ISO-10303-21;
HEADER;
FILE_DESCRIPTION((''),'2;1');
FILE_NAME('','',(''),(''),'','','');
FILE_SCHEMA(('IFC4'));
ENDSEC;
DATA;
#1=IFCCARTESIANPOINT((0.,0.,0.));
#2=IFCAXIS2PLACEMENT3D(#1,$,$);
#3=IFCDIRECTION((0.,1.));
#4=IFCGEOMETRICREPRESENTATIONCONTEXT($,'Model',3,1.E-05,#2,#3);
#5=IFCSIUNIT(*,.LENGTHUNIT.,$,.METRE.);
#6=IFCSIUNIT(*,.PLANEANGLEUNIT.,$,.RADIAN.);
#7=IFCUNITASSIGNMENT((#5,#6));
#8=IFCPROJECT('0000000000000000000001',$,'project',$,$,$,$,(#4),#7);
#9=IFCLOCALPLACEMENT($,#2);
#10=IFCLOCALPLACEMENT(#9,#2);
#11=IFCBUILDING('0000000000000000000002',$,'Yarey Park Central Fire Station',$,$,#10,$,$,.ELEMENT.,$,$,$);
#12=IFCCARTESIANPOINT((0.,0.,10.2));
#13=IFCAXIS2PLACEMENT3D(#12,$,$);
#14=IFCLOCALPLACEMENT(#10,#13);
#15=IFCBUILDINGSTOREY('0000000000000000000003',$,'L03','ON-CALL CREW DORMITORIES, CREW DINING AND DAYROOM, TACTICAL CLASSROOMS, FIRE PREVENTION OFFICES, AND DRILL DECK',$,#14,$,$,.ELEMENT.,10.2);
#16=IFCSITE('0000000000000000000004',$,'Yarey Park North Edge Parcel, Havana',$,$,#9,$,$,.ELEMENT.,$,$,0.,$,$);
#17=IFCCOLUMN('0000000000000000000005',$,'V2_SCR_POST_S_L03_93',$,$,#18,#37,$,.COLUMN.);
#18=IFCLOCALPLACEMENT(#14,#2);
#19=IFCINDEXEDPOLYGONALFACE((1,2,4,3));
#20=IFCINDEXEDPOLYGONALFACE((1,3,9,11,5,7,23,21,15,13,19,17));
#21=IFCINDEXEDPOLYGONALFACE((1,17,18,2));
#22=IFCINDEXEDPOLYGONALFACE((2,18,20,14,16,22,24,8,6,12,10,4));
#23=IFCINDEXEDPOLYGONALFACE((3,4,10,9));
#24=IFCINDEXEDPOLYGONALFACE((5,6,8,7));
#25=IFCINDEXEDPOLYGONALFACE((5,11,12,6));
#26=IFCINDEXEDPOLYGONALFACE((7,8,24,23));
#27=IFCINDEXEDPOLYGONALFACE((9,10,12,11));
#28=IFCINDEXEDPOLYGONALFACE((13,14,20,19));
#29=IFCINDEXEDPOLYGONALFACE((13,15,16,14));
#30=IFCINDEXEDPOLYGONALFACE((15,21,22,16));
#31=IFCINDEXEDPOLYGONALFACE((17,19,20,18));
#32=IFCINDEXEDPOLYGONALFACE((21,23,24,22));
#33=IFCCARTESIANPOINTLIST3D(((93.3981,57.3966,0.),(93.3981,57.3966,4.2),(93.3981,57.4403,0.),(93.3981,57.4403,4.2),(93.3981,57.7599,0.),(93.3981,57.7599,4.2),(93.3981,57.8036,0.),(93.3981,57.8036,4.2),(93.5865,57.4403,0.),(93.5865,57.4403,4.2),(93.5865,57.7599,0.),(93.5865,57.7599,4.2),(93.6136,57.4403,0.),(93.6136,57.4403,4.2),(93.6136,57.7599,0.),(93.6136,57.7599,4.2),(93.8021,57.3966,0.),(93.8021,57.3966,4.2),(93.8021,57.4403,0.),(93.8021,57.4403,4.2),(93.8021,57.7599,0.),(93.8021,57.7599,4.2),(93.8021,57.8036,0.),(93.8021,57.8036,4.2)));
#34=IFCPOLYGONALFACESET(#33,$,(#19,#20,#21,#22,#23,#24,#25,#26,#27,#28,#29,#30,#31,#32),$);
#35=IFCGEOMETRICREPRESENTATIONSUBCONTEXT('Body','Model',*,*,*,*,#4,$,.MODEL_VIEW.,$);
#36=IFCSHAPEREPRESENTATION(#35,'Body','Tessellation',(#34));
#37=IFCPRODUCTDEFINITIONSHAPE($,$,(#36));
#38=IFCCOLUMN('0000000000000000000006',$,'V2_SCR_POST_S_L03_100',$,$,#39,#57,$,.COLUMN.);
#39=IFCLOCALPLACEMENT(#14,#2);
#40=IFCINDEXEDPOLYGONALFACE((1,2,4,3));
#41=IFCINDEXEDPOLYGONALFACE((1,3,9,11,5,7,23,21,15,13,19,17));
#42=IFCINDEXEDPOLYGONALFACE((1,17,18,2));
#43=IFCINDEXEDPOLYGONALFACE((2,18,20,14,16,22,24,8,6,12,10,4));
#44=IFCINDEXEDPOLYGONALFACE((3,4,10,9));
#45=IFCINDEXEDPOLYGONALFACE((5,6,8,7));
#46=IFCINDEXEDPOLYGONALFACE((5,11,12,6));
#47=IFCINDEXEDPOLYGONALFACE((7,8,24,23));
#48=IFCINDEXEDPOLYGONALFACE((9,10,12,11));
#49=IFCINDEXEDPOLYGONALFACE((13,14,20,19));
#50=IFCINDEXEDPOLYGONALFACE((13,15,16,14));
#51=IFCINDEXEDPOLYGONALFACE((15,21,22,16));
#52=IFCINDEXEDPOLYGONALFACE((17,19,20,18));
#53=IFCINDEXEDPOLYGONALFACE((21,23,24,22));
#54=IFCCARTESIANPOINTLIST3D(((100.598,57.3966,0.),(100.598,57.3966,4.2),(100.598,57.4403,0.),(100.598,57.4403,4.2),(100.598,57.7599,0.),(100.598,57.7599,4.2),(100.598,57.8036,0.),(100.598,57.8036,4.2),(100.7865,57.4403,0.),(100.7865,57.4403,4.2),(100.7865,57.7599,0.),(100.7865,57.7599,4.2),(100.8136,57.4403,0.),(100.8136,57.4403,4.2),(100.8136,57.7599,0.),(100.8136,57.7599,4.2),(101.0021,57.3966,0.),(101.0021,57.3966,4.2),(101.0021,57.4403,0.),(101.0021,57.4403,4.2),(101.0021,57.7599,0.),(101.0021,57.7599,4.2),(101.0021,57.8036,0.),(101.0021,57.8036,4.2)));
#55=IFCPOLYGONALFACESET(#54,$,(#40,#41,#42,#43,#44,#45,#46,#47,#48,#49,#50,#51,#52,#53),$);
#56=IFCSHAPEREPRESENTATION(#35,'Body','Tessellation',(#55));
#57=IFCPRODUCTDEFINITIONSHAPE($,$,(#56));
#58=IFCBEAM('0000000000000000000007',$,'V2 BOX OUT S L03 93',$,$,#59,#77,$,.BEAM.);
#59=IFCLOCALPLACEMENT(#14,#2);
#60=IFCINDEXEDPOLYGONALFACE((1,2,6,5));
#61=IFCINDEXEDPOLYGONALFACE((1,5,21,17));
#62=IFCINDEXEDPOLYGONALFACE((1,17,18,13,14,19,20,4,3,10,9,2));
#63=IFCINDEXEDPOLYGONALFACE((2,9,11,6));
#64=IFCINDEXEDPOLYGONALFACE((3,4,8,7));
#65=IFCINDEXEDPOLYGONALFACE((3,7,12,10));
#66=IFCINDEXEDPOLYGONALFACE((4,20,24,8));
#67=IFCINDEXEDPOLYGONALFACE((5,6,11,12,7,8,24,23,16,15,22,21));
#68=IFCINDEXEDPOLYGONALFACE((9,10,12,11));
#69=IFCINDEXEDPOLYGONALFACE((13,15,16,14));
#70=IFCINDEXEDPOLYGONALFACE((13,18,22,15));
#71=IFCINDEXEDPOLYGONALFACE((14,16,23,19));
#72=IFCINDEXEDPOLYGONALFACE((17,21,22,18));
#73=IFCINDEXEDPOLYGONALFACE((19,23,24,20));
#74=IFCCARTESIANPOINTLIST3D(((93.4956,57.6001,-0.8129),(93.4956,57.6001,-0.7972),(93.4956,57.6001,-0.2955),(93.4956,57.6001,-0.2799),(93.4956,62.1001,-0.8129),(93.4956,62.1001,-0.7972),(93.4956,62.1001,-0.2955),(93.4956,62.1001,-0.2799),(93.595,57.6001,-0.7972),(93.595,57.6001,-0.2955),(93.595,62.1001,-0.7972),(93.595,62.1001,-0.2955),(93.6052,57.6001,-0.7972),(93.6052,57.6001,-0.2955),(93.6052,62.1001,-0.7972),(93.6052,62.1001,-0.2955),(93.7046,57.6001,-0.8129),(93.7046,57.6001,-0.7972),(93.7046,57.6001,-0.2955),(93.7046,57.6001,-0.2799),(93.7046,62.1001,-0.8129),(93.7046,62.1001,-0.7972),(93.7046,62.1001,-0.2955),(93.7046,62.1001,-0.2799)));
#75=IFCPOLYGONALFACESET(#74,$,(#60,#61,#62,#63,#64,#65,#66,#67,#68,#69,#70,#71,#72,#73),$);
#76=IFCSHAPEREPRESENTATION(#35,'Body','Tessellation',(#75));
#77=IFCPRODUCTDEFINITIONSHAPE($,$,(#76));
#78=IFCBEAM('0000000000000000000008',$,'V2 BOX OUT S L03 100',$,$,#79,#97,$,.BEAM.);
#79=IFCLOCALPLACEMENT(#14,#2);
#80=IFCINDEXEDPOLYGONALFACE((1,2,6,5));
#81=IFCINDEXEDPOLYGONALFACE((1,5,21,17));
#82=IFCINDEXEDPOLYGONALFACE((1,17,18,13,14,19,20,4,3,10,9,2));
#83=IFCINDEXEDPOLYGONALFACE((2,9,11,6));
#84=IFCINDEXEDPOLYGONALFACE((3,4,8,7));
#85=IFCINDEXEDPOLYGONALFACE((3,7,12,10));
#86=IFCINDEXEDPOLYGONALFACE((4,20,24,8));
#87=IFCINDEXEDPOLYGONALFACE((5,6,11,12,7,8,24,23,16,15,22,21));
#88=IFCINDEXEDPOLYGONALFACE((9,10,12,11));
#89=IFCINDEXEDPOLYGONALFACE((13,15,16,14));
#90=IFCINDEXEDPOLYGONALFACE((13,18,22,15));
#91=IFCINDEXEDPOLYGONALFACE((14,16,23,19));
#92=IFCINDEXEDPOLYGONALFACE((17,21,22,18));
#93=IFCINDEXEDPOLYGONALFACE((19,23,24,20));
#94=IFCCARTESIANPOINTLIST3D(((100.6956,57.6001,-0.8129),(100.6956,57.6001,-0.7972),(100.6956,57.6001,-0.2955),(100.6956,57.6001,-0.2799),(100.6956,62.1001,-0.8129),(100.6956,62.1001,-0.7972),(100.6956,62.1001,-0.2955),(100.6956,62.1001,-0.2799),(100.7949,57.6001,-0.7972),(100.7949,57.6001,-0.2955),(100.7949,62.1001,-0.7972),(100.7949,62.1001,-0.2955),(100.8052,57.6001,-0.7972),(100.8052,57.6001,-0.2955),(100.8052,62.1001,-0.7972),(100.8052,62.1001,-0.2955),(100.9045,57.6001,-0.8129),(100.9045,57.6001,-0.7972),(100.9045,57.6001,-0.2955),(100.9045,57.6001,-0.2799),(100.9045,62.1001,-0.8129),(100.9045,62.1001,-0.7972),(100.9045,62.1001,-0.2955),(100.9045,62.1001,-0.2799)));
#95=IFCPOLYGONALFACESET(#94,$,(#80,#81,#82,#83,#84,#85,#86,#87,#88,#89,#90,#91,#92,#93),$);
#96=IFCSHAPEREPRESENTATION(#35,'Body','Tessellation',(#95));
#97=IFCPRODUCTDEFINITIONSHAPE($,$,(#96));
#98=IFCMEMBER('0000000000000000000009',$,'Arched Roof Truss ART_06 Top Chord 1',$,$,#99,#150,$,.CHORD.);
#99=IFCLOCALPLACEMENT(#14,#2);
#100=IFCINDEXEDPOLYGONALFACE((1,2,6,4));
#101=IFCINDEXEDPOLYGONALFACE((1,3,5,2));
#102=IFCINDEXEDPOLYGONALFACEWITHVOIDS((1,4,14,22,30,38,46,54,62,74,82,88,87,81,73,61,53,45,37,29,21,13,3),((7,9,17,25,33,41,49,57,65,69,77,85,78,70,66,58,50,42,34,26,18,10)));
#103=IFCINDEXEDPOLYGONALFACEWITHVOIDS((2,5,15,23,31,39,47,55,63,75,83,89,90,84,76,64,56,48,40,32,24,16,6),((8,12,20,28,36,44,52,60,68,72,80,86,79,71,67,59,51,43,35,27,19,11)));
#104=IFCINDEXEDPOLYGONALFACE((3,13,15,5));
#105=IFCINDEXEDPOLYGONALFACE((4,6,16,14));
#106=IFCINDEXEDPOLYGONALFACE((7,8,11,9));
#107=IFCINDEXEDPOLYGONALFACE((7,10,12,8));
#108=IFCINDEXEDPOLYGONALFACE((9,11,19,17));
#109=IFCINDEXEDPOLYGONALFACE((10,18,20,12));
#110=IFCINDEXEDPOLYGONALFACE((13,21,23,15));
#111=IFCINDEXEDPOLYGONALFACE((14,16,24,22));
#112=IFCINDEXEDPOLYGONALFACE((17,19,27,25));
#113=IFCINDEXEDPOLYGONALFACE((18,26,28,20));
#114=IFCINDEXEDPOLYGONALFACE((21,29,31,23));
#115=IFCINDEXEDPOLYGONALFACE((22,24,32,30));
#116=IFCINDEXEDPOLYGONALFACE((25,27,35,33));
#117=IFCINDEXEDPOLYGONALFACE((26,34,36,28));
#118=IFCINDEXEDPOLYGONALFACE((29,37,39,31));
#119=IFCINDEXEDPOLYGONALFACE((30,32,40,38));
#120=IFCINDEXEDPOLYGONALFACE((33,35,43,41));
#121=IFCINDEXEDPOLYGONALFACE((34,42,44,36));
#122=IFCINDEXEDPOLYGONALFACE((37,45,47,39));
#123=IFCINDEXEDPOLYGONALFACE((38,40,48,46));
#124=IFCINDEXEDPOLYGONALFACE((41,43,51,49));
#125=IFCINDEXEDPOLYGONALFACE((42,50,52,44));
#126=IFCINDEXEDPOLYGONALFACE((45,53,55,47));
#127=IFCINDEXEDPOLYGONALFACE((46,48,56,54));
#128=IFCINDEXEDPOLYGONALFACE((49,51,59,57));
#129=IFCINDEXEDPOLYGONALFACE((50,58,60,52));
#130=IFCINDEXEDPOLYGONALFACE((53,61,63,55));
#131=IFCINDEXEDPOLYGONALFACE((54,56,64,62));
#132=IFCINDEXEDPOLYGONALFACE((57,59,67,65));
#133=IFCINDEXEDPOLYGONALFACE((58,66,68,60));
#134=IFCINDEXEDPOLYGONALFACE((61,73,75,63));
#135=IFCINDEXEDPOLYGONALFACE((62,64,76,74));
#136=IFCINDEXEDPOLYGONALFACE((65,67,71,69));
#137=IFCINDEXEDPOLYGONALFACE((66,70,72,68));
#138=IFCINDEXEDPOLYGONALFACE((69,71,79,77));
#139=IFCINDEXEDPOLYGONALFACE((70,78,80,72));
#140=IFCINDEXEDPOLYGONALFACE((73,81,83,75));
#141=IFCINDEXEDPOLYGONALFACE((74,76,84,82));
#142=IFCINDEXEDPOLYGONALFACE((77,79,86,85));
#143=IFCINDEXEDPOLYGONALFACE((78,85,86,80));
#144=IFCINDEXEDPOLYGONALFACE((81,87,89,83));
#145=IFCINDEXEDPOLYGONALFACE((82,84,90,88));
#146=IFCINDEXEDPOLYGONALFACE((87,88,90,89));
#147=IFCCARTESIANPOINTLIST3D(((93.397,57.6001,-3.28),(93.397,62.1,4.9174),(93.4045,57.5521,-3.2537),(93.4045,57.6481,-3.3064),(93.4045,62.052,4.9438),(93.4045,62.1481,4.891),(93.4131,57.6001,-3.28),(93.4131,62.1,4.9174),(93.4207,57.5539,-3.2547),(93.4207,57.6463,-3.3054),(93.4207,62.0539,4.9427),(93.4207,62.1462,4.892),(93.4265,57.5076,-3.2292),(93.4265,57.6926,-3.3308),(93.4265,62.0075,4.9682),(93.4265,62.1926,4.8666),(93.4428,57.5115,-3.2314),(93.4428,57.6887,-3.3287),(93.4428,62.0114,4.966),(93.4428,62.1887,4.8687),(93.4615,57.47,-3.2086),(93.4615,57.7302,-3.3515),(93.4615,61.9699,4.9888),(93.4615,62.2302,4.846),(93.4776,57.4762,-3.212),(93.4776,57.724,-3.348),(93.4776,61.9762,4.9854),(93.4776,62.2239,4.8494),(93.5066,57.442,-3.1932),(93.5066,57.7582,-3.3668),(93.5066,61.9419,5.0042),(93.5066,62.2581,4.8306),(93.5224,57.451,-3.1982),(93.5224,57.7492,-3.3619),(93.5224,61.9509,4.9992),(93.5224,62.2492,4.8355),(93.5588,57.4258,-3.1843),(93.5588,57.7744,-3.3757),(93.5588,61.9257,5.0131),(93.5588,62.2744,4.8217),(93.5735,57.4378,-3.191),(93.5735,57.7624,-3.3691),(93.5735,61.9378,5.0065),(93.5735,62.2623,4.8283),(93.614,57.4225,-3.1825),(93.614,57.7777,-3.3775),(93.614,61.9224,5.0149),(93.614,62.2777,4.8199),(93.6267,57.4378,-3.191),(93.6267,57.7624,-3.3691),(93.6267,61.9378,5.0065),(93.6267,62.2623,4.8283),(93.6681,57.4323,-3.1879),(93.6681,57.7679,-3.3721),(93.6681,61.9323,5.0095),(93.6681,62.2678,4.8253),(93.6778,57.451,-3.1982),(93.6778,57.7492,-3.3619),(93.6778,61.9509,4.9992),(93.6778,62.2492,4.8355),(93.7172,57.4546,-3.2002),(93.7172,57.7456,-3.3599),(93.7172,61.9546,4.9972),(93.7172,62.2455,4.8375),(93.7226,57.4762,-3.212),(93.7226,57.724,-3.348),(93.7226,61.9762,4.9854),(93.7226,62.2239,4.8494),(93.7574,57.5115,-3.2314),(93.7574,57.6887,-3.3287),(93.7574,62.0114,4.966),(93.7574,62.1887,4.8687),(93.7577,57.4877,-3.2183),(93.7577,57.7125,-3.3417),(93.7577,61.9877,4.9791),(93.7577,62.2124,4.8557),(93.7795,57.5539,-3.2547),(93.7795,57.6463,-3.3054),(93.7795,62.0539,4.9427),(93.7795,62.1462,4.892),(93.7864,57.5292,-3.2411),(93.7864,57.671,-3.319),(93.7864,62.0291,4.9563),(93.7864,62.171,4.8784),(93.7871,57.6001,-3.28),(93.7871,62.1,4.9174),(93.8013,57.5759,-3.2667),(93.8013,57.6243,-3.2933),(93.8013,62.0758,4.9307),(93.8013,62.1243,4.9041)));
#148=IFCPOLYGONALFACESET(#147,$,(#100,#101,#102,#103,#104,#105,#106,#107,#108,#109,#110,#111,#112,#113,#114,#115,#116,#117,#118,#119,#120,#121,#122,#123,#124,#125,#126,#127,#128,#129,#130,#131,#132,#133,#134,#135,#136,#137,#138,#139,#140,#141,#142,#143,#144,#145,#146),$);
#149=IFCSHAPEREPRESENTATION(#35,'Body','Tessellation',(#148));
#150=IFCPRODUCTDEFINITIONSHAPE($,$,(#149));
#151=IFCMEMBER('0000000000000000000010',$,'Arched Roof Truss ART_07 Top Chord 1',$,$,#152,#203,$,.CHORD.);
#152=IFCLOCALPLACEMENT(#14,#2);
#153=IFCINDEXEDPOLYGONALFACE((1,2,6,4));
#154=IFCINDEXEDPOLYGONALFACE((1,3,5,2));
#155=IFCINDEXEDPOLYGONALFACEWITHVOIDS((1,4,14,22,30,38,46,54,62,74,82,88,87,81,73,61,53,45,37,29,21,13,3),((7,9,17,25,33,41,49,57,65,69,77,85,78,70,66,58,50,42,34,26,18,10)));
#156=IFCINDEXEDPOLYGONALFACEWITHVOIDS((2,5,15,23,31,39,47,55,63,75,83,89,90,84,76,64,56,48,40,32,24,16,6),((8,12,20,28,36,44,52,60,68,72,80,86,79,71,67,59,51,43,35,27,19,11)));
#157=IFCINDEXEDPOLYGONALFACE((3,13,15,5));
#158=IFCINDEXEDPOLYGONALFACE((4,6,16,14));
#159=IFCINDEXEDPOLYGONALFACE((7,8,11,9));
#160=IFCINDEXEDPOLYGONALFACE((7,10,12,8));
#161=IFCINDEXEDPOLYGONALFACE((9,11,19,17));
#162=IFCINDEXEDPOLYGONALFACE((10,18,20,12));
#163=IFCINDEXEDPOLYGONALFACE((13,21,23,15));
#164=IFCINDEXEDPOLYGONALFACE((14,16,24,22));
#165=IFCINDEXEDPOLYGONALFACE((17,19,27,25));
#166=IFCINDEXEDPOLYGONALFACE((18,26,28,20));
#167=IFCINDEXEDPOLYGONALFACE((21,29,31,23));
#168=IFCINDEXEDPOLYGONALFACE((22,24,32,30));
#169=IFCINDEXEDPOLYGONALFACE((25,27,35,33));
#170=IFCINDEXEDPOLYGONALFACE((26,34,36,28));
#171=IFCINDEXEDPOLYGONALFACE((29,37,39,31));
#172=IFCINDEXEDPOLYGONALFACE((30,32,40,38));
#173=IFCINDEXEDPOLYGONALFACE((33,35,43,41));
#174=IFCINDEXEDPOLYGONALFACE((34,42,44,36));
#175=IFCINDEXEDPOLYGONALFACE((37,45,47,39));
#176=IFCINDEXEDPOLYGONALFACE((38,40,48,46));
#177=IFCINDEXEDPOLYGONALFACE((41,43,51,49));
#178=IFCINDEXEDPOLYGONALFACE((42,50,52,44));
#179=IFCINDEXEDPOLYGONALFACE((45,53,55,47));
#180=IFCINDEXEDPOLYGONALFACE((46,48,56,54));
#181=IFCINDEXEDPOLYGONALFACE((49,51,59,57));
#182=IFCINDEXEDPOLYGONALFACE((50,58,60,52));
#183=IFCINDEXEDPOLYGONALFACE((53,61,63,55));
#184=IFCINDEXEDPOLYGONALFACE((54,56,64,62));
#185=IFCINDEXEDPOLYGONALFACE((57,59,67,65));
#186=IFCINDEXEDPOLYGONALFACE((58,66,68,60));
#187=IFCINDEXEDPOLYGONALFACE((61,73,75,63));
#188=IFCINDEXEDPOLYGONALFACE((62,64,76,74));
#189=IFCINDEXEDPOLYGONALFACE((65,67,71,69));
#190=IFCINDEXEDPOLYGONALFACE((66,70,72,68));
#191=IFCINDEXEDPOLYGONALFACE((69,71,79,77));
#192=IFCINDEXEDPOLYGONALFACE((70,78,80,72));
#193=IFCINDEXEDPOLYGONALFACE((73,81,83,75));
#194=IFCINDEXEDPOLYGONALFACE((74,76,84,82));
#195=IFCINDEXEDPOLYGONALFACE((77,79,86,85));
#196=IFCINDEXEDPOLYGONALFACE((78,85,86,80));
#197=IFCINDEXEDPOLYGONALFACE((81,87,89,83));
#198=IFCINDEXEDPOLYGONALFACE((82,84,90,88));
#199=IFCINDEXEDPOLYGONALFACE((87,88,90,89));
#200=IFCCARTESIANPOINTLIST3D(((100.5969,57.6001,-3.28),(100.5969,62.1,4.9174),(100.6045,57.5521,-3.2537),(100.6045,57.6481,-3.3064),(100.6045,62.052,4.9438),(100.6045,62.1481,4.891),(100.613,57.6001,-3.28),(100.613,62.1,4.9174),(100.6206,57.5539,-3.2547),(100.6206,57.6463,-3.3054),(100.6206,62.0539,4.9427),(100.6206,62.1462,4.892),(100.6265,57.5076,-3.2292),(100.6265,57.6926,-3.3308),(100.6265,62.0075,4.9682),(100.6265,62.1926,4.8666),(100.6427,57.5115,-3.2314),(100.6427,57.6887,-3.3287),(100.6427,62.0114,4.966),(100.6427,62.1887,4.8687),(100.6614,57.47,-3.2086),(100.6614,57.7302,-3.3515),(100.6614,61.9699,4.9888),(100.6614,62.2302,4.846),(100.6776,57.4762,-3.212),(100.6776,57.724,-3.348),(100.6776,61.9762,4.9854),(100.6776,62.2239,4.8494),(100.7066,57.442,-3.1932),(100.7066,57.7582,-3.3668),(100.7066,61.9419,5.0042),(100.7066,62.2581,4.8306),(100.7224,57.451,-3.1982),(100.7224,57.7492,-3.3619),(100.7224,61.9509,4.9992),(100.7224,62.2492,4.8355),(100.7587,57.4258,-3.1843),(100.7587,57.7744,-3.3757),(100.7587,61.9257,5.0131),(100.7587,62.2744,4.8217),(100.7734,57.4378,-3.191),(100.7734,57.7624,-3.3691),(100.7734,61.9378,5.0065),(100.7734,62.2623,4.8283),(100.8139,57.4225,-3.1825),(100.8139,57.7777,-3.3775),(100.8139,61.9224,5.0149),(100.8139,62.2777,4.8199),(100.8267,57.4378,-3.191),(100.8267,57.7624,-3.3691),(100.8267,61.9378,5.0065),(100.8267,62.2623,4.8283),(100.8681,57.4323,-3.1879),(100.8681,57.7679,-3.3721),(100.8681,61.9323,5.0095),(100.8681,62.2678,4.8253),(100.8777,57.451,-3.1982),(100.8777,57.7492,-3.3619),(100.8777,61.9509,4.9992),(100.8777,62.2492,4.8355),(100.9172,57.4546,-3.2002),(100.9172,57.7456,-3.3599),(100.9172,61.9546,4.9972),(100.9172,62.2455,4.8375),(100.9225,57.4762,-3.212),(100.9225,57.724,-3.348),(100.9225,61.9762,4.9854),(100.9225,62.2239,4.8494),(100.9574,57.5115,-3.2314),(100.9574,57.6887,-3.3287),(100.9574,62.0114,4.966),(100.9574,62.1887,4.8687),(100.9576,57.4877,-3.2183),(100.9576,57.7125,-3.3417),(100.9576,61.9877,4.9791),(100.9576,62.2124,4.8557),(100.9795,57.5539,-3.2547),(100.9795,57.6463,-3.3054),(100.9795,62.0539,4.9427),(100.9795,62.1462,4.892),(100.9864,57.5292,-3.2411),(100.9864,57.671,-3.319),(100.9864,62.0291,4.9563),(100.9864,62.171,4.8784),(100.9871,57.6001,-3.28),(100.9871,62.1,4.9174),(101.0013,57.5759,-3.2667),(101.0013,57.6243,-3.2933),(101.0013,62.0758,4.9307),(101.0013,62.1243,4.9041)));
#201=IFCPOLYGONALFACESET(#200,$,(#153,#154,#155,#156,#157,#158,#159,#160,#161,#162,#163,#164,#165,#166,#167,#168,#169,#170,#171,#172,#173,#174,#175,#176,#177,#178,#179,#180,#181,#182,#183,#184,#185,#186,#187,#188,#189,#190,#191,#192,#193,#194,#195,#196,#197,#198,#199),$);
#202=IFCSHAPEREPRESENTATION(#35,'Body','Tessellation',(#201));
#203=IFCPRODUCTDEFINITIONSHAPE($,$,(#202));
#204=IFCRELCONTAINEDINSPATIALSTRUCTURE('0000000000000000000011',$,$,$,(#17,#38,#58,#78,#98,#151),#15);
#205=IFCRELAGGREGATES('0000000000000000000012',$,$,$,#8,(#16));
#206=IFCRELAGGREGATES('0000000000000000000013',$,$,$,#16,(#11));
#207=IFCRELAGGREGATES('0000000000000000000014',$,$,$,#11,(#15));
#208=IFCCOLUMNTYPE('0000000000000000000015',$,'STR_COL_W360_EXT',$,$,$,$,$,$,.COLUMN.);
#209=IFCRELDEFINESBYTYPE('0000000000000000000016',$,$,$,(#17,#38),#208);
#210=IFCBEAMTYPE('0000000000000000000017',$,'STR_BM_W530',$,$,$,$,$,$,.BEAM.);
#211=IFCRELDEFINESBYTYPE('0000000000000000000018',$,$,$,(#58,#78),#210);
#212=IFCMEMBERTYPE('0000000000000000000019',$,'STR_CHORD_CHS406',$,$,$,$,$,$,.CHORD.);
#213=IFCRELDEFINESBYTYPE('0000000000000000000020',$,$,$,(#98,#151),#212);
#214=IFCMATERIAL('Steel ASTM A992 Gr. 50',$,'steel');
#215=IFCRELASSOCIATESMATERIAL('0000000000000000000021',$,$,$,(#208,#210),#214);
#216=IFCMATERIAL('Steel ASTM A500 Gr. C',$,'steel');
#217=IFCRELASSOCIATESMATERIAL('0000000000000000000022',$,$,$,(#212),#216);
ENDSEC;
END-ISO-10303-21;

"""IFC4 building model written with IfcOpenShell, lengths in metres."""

from ifc_helpers import new_model, si_unit, direction, frame, origin, origin_2d, place, context, subcontext, project, spatial, hollow_circle, i_section, extrude, material, material_profile, profile_set, type_object, element, save


model = new_model("IFC4")

# Units and contexts
model_context = context("Model", 3, precision=1e-05, world=origin(), true_north=direction((0.0, 1.0)))
body_context = subcontext(model_context, "Body", "Model", "MODEL_VIEW")
ifc_project = project(units=[si_unit("LENGTHUNIT", "METRE"), si_unit("PLANEANGLEUNIT", "RADIAN")], contexts=[model_context])

# Site, building, storey
site_placement = place(None, origin())
site = spatial("IfcSite", under=ifc_project, at=site_placement, Name="Yarey Park North Edge Parcel, Havana", CompositionType="ELEMENT", RefElevation=0.0)
building_placement = place(site_placement, origin())
building = spatial("IfcBuilding", under=site, at=building_placement, Name="Yarey Park Central Fire Station", CompositionType="ELEMENT")
storey_placement = place(building_placement, frame((0.0, 0.0, 10.2)))
storey = spatial("IfcBuildingStorey", under=building, at=storey_placement, Name="L03", Description="ON-CALL CREW DORMITORIES, CREW DINING AND DAYROOM, TACTICAL CLASSROOMS, FIRE PREVENTION OFFICES, AND DRILL DECK", CompositionType="ELEMENT", Elevation=10.2)

# Columns
ifc_material_1 = material(Name="Steel ASTM A992 Gr. 50", Category="steel")
ifc_material_profile_1 = material_profile(ifc_material_1, i_section(OverallWidth=0.4041, OverallDepth=0.407, WebThickness=0.0271, FlangeThickness=0.0437, at=origin_2d()), Name="W360x347")
ifc_profile_set_1 = profile_set([ifc_material_profile_1], Name="Steel ASTM A992 Gr. 50")
column_type = type_object("IfcColumnType", Name="STR_COL_W360_EXT", PredefinedType="COLUMN", material=ifc_profile_set_1)
for number, where, z_axis, x_axis, name in (
    (1, (93.6001, 57.6001, 0.0), (0.0, 0.0, 1.0), (1.0, 0.0, 0.0), "V2_SCR_POST_S_L03_93"),
    (2, (100.8, 57.6001, 0.0), (0.0, 0.0, 1.0), (1.0, 0.0, 0.0), "V2_SCR_POST_S_L03_100"),
):
    element("IfcColumn", number, at=place(storey_placement, frame(where, z_axis=z_axis, x_axis=x_axis)), inside=storey, type_object=column_type, Name=name, PredefinedType="COLUMN", context=body_context, shape_type="SweptSolid", body=[
        extrude(i_section(OverallWidth=0.4041, OverallDepth=0.407, WebThickness=0.0271, FlangeThickness=0.0437, at=origin_2d()), origin(), (0.0, 0.0, 1.0), 4.2),
    ])

# Beams
ifc_material_profile_2 = material_profile(ifc_material_1, i_section(OverallWidth=0.209, OverallDepth=0.533, WebThickness=0.0103, FlangeThickness=0.0156, at=origin_2d()), Name="W530x92")
ifc_profile_set_2 = profile_set([ifc_material_profile_2], Name="Steel ASTM A992 Gr. 50")
beam_type_1 = type_object("IfcBeamType", Name="STR_BM_W530", PredefinedType="BEAM", material=ifc_profile_set_2)
for number, where, z_axis, x_axis, name in (
    (3, (93.6001, 57.6001, -0.5464), (0.0, 1.0, 0.0), (-1.0, 0.0, 0.0), "V2 BOX OUT S L03 93"),
    (4, (100.8, 57.6001, -0.5464), (0.0, 1.0, 0.0), (-1.0, 0.0, 0.0), "V2 BOX OUT S L03 100"),
):
    element("IfcBeam", number, at=place(storey_placement, frame(where, z_axis=z_axis, x_axis=x_axis)), inside=storey, type_object=beam_type_1, Name=name, PredefinedType="BEAM", context=body_context, shape_type="SweptSolid", body=[
        extrude(i_section(OverallWidth=0.209, OverallDepth=0.533, WebThickness=0.0103, FlangeThickness=0.0156, at=origin_2d()), origin(), (0.0, 0.0, 1.0), 4.5),
    ])

# Members
ifc_material_2 = material(Name="Steel ASTM A500 Gr. C", Category="steel")
ifc_material_profile_3 = material_profile(ifc_material_2, hollow_circle(Radius=0.2031, WallThickness=0.0161, at=origin_2d()), Name="CHS 406.4x16")
ifc_profile_set_3 = profile_set([ifc_material_profile_3], Name="Steel ASTM A500 Gr. C")
member_type_1 = type_object("IfcMemberType", Name="STR_CHORD_CHS406", PredefinedType="CHORD", material=ifc_profile_set_3)
for number, where, z_axis, x_axis, name in (
    (5, (93.6001, 57.6001, -3.28), (0.0, 0.48121, 0.876605), (-1.0, 0.0, 0.0), "Arched Roof Truss ART_06 Top Chord 1"),
    (6, (100.8, 57.6001, -3.28), (0.0, 0.48121, 0.876605), (-1.0, 0.0, 0.0), "Arched Roof Truss ART_07 Top Chord 1"),
):
    element("IfcMember", number, at=place(storey_placement, frame(where, z_axis=z_axis, x_axis=x_axis)), inside=storey, type_object=member_type_1, Name=name, PredefinedType="CHORD", context=body_context, shape_type="SweptSolid", body=[
        extrude(hollow_circle(Radius=0.2031, WallThickness=0.0161, at=origin_2d()), origin(), (0.0, 0.0, 1.0), 9.3513),
    ])

save(model, "model.ifc")
